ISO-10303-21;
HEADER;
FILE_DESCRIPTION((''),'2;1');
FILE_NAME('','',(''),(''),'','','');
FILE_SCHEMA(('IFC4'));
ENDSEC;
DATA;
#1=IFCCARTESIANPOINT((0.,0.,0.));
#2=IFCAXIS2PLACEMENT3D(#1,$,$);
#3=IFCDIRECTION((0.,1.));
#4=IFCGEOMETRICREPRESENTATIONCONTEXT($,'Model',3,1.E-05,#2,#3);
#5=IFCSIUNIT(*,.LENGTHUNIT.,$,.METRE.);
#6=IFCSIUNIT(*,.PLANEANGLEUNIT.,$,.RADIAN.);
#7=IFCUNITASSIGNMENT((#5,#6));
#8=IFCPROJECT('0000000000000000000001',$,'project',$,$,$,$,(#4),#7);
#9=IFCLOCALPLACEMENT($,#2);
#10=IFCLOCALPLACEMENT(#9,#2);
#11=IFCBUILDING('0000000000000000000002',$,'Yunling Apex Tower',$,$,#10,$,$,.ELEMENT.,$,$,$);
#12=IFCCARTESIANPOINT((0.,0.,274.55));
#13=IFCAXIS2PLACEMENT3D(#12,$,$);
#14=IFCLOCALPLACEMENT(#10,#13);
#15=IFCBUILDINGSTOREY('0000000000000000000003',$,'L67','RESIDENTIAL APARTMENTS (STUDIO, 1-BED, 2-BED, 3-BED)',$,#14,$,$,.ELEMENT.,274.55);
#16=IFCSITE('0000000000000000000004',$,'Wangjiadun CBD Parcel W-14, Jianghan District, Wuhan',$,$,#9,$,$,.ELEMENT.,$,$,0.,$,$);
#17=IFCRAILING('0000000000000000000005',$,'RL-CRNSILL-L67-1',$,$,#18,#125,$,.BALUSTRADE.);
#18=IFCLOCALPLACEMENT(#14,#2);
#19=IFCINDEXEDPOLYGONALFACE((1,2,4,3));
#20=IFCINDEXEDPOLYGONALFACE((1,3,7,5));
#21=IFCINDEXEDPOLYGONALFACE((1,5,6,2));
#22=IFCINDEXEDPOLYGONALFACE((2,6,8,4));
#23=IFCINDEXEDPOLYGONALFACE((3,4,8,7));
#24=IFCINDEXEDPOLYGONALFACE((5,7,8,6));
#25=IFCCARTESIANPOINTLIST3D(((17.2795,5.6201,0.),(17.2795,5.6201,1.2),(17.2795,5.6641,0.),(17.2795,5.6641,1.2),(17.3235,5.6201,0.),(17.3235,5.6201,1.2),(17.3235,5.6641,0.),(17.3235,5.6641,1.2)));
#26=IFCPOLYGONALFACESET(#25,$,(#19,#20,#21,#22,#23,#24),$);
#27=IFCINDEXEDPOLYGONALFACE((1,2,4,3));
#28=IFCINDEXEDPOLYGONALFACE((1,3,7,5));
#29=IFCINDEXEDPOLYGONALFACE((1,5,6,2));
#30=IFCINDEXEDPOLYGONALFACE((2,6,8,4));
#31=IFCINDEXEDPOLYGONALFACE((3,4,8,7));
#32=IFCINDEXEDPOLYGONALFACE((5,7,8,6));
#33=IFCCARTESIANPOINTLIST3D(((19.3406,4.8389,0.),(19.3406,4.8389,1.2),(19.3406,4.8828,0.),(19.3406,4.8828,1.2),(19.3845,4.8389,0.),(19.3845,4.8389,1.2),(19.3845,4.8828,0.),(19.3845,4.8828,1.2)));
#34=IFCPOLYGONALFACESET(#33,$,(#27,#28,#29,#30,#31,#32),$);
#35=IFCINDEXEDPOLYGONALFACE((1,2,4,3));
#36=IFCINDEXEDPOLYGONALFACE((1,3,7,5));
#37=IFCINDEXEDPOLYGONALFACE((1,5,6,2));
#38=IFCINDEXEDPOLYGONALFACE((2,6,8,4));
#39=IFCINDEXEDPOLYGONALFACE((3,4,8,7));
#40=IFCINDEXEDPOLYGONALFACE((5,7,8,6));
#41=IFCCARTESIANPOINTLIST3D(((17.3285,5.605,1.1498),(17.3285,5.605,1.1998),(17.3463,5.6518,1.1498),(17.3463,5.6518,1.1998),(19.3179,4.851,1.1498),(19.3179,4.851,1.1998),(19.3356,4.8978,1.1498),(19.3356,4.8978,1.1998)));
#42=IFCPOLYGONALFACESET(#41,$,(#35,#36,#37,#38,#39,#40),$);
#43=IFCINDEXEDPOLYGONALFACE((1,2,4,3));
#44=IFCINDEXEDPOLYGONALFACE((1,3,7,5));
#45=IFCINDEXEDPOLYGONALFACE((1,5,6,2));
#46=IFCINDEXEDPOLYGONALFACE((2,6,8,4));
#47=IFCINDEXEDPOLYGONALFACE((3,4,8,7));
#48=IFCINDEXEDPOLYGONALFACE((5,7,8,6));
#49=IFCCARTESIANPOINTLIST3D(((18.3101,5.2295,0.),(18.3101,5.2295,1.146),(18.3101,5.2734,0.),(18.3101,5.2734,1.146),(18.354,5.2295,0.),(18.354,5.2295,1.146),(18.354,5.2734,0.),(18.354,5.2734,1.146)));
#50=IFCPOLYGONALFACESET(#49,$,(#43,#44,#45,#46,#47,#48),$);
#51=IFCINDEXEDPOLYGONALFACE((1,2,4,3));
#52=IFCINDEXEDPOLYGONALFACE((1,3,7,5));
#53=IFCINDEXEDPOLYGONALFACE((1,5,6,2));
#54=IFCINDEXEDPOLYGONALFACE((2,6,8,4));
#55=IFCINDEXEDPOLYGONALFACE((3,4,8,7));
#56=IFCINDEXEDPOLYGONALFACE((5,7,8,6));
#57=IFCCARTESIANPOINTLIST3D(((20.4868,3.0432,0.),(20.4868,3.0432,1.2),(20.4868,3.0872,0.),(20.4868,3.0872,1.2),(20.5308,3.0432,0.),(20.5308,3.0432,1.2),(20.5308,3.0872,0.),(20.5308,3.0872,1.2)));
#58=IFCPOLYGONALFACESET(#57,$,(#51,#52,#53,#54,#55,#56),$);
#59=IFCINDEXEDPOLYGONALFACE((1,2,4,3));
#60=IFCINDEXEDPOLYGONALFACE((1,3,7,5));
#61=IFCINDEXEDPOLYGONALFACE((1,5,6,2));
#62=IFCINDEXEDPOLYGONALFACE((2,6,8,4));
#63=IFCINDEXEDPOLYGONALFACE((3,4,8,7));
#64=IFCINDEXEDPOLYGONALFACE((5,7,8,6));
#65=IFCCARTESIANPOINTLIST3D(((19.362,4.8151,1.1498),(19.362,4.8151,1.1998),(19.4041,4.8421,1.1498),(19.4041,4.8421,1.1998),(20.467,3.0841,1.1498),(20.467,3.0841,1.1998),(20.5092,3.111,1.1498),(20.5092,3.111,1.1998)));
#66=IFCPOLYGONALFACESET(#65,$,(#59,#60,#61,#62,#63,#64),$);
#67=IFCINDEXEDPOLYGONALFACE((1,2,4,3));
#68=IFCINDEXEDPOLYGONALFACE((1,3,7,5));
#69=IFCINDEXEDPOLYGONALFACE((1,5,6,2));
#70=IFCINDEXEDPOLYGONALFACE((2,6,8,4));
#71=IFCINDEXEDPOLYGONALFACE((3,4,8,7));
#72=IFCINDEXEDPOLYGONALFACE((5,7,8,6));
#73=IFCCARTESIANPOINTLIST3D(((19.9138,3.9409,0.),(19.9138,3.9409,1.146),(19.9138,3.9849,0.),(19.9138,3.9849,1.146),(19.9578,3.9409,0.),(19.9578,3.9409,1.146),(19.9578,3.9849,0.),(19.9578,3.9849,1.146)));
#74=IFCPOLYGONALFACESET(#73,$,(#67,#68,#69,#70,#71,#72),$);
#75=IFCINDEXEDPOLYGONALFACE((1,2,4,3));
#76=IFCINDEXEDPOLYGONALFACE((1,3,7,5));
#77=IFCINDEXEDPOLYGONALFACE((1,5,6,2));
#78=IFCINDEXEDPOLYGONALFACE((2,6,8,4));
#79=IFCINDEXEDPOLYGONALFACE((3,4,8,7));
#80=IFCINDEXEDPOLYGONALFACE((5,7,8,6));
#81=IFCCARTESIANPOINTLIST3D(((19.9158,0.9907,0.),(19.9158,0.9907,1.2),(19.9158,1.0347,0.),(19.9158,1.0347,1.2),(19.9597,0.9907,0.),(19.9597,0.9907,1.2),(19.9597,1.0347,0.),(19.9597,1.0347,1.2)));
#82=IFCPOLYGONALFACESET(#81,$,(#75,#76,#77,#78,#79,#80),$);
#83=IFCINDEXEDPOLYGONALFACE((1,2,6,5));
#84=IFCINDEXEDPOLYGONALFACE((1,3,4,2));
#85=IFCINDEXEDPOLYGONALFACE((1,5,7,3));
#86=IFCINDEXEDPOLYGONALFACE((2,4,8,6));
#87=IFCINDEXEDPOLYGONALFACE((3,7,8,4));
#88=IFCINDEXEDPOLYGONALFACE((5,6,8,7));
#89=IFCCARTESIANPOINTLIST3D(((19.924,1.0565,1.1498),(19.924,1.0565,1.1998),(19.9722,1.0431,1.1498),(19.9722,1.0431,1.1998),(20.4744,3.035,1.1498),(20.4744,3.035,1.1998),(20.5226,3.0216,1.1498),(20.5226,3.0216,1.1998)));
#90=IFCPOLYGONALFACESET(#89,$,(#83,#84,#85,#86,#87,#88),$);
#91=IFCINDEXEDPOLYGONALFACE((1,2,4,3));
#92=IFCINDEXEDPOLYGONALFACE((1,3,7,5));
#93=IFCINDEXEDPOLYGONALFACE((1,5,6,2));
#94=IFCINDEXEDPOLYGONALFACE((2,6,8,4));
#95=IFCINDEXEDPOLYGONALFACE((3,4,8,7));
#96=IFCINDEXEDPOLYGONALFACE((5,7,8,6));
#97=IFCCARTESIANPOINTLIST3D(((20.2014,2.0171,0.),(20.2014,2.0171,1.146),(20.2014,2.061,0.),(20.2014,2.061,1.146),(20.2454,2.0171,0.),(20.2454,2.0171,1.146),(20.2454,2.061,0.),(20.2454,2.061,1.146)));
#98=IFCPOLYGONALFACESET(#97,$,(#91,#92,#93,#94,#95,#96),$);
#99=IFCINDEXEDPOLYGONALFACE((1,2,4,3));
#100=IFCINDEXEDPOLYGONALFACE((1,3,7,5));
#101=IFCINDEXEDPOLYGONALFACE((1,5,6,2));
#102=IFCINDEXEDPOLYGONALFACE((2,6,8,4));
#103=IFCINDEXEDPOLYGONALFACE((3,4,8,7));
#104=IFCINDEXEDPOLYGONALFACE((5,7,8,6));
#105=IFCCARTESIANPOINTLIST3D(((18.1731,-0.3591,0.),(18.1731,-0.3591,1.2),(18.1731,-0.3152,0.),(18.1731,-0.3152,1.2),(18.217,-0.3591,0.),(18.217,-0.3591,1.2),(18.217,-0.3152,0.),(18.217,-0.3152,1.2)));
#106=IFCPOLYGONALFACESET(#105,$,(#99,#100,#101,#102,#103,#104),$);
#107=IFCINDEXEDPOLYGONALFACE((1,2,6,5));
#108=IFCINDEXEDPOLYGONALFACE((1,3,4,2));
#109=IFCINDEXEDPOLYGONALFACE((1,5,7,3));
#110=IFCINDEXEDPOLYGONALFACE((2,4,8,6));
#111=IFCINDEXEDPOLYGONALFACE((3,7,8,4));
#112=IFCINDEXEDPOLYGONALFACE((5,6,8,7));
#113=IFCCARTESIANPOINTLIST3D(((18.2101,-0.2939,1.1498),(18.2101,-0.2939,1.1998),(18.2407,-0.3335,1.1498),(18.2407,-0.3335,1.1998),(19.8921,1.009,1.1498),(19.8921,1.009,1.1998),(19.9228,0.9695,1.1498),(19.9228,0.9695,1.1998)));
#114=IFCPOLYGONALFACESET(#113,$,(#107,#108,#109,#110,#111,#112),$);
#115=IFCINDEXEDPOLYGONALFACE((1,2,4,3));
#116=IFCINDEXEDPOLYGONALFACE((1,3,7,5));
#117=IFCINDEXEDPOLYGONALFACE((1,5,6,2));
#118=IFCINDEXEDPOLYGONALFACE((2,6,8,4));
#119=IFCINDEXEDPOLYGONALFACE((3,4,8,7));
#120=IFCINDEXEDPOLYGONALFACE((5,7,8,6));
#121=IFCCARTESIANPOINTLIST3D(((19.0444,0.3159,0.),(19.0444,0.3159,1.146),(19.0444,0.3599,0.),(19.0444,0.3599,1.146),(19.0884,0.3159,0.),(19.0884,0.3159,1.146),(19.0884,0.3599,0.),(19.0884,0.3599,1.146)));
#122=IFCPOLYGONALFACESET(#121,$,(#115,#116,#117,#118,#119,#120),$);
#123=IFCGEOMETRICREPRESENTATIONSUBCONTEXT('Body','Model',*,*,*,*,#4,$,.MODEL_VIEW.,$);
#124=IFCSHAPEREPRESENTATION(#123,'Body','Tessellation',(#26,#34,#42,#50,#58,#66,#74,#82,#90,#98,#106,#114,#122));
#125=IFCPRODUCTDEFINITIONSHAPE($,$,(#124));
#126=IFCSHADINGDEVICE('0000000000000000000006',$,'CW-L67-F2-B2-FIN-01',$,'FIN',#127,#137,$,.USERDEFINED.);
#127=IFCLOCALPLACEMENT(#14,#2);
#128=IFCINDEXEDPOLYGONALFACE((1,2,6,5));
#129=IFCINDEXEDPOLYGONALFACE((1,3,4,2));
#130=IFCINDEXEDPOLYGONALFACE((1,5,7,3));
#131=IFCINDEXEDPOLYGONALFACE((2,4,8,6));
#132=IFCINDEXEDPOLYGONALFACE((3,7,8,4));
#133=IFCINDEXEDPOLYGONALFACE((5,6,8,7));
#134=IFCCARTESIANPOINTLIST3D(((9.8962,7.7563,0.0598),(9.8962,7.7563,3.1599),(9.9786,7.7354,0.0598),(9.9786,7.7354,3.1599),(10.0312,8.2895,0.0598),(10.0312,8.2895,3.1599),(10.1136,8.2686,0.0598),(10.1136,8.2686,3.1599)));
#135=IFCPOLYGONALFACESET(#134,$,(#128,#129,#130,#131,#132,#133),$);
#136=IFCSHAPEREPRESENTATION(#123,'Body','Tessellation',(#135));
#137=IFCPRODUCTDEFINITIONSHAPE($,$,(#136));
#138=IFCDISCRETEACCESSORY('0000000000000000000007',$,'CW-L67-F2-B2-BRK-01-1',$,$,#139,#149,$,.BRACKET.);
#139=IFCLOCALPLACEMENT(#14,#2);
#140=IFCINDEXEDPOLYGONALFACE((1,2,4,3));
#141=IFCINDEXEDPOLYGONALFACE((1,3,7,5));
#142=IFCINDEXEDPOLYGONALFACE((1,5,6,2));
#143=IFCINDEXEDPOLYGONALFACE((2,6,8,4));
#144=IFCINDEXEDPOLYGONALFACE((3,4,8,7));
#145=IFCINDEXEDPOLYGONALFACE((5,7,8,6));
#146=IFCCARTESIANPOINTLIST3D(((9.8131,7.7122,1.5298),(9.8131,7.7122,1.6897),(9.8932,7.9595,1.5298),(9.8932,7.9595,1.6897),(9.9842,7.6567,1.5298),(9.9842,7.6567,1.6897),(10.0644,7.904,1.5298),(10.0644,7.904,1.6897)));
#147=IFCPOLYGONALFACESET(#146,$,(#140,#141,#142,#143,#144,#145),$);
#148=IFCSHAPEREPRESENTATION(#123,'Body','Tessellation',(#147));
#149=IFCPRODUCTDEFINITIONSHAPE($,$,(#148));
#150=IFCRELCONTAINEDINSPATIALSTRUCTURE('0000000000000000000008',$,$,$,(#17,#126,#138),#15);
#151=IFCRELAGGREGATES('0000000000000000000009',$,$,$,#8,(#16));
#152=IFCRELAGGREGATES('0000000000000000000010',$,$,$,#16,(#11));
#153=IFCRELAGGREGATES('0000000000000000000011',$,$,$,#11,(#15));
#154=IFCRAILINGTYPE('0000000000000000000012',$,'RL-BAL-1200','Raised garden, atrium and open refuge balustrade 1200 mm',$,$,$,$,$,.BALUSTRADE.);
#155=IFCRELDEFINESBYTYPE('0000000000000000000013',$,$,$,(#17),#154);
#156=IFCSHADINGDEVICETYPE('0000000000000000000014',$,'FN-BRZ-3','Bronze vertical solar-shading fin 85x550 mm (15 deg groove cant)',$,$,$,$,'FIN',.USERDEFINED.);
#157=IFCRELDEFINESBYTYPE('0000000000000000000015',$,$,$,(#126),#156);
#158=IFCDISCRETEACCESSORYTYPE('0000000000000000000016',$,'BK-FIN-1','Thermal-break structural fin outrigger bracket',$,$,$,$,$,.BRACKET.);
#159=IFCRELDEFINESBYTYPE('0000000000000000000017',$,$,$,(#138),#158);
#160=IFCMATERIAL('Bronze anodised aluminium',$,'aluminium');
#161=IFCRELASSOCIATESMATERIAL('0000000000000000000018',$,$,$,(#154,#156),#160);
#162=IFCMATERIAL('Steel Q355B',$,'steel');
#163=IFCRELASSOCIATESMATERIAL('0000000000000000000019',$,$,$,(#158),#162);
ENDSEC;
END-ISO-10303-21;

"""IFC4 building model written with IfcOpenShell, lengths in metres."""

from ifc_helpers import new_model, si_unit, direction, frame, origin, origin_2d, place, context, subcontext, project, spatial, rectangle, extrude, source, transform, mapped, material, material_profile, profile_set, type_object, element, save


model = new_model("IFC4")

# Units and contexts
model_context = context("Model", 3, precision=1e-05, world=origin(), true_north=direction((0.0, 1.0)))
body_context = subcontext(model_context, "Body", "Model", "MODEL_VIEW")
ifc_project = project(units=[si_unit("LENGTHUNIT", "METRE"), si_unit("PLANEANGLEUNIT", "RADIAN")], contexts=[model_context])

# Site, building, storey
site_placement = place(None, origin())
site = spatial("IfcSite", under=ifc_project, at=site_placement, Name="Wangjiadun CBD Parcel W-14, Jianghan District, Wuhan", CompositionType="ELEMENT", RefElevation=0.0)
building_placement = place(site_placement, origin())
building = spatial("IfcBuilding", under=site, at=building_placement, Name="Yunling Apex Tower", CompositionType="ELEMENT")
storey_placement = place(building_placement, frame((0.0, 0.0, 274.55)))
storey = spatial("IfcBuildingStorey", under=building, at=storey_placement, Name="L67", Description="RESIDENTIAL APARTMENTS (STUDIO, 1-BED, 2-BED, 3-BED)", CompositionType="ELEMENT", Elevation=274.55)

# Shared definitions
ifc_material_1 = material(Name="Steel Q355B", Category="steel")

# Shared definitions
ifc_material_2 = material(Name="Bronze anodised aluminium", Category="aluminium")

# Railing
railing_type = type_object("IfcRailingType", Name="RL-BAL-1200", Description="Raised garden, atrium and open refuge balustrade 1200 mm", PredefinedType="BALUSTRADE", material=ifc_material_2)
railing_placement = place(storey_placement, frame((17.3015, 5.6421, 0.0)))
element("IfcRailing", 1, at=railing_placement, inside=storey, type_object=railing_type, Name="RL-CRNSILL-L67-1", PredefinedType="BALUSTRADE", context=body_context, shape_type="SweptSolid", body=[
    extrude(rectangle(XDim=0.0439, YDim=0.0439, at=origin_2d()), origin(), (0.0, 0.0, 1.0), 1.2),
    extrude(rectangle(XDim=0.0439, YDim=0.0439, at=origin_2d()), frame((2.061, -0.7812, 0.0)), (0.0, 0.0, 1.0), 1.2),
    extrude(rectangle(XDim=0.05, YDim=0.05, at=origin_2d()), frame((0.0359, -0.0137, 1.1748), z_axis=(0.935076, -0.354447, 0.0), x_axis=(0.354447, 0.935076, 0.0)), (0.0, 0.0, 1.0), 2.1274),
    extrude(rectangle(XDim=0.0439, YDim=0.0439, at=origin_2d()), frame((1.0305, -0.3906, 0.0)), (0.0, 0.0, 1.0), 1.146),
    extrude(rectangle(XDim=0.0439, YDim=0.0439, at=origin_2d()), frame((3.2073, -2.5769, 0.0)), (0.0, 0.0, 1.0), 1.2),
    extrude(rectangle(XDim=0.05, YDim=0.05, at=origin_2d()), frame((2.0815, -0.8135, 1.1748), z_axis=(0.538061, -0.842906, 0.0), x_axis=(0.842906, 0.538061, 0.0)), (0.0, 0.0, 1.0), 2.0537),
    extrude(rectangle(XDim=0.0439, YDim=0.0439, at=origin_2d()), frame((2.6343, -1.6792, 0.0)), (0.0, 0.0, 1.0), 1.146),
    extrude(rectangle(XDim=0.0439, YDim=0.0439, at=origin_2d()), frame((2.6362, -4.6294, 0.0)), (0.0, 0.0, 1.0), 1.2),
    extrude(rectangle(XDim=0.05, YDim=0.05, at=origin_2d()), frame((3.197, -2.6138, 1.1748), z_axis=(-0.26804, -0.963408, 0.0), x_axis=(0.963408, -0.26804, 0.0)), (0.0, 0.0, 1.0), 2.0537),
    extrude(rectangle(XDim=0.0439, YDim=0.0439, at=origin_2d()), frame((2.9219, -3.603, 0.0)), (0.0, 0.0, 1.0), 1.146),
    extrude(rectangle(XDim=0.0439, YDim=0.0439, at=origin_2d()), frame((0.8936, -5.9792, 0.0)), (0.0, 0.0, 1.0), 1.2),
    extrude(rectangle(XDim=0.05, YDim=0.05, at=origin_2d()), frame((2.606, -4.6528, 1.1748), z_axis=(-0.790573, -0.612368, 0.0), x_axis=(0.612368, -0.790573, 0.0)), (0.0, 0.0, 1.0), 2.1277),
    extrude(rectangle(XDim=0.0439, YDim=0.0439, at=origin_2d()), frame((1.7649, -5.3042, 0.0)), (0.0, 0.0, 1.0), 1.146),
])

# Shading device
ifc_material_profile_1 = material_profile(ifc_material_2, rectangle(XDim=0.085, YDim=0.55, at=origin_2d()))
ifc_profile_set_1 = profile_set([ifc_material_profile_1], Name="Bronze anodised aluminium")
shading_device_type = type_object("IfcShadingDeviceType", Name="FN-BRZ-3", Description="Bronze vertical solar-shading fin 85x550 mm (15 deg groove cant)", ElementType="FIN", PredefinedType="USERDEFINED", material=ifc_profile_set_1)
shared_shape_1 = source(origin(), body_context, "Body", "SweptSolid", [
    extrude(rectangle(XDim=0.085, YDim=0.55, at=origin_2d()), origin(), (0.0, 0.0, 1.0), 3.1001),
])
shading_device_placement = place(storey_placement, frame((10.0049, 8.0125, 0.0598), z_axis=(0.0, 0.0, 1.0), x_axis=(-0.969403, 0.245477, 0.0)))
element("IfcShadingDevice", 2, at=shading_device_placement, inside=storey, type_object=shading_device_type, Name="CW-L67-F2-B2-FIN-01", ObjectType="FIN", PredefinedType="USERDEFINED", context=body_context, shape_type="MappedRepresentation", body=[
    mapped(shared_shape_1, transform((0.0, 0.0, 0.0), scale=1.0)),
])

# Discrete accessory
discrete_accessory_type = type_object("IfcDiscreteAccessoryType", Name="BK-FIN-1", Description="Thermal-break structural fin outrigger bracket", PredefinedType="BRACKET", material=ifc_material_1)
shared_shape_2 = source(origin(), body_context, "Body", "SweptSolid", [
    extrude(rectangle(XDim=0.1799, YDim=0.26, at=origin_2d()), origin(), (0.0, 0.0, 1.0), 0.1599),
])
discrete_accessory_placement = place(storey_placement, frame((9.9387, 7.8081, 1.5298), z_axis=(0.0, 0.0, 1.0), x_axis=(-0.951272, 0.308353, 0.0)))
element("IfcDiscreteAccessory", 3, at=discrete_accessory_placement, inside=storey, type_object=discrete_accessory_type, Name="CW-L67-F2-B2-BRK-01-1", PredefinedType="BRACKET", context=body_context, shape_type="MappedRepresentation", body=[
    mapped(shared_shape_2, transform((0.0, 0.0, 0.0), scale=1.0)),
])

save(model, "model.ifc")
